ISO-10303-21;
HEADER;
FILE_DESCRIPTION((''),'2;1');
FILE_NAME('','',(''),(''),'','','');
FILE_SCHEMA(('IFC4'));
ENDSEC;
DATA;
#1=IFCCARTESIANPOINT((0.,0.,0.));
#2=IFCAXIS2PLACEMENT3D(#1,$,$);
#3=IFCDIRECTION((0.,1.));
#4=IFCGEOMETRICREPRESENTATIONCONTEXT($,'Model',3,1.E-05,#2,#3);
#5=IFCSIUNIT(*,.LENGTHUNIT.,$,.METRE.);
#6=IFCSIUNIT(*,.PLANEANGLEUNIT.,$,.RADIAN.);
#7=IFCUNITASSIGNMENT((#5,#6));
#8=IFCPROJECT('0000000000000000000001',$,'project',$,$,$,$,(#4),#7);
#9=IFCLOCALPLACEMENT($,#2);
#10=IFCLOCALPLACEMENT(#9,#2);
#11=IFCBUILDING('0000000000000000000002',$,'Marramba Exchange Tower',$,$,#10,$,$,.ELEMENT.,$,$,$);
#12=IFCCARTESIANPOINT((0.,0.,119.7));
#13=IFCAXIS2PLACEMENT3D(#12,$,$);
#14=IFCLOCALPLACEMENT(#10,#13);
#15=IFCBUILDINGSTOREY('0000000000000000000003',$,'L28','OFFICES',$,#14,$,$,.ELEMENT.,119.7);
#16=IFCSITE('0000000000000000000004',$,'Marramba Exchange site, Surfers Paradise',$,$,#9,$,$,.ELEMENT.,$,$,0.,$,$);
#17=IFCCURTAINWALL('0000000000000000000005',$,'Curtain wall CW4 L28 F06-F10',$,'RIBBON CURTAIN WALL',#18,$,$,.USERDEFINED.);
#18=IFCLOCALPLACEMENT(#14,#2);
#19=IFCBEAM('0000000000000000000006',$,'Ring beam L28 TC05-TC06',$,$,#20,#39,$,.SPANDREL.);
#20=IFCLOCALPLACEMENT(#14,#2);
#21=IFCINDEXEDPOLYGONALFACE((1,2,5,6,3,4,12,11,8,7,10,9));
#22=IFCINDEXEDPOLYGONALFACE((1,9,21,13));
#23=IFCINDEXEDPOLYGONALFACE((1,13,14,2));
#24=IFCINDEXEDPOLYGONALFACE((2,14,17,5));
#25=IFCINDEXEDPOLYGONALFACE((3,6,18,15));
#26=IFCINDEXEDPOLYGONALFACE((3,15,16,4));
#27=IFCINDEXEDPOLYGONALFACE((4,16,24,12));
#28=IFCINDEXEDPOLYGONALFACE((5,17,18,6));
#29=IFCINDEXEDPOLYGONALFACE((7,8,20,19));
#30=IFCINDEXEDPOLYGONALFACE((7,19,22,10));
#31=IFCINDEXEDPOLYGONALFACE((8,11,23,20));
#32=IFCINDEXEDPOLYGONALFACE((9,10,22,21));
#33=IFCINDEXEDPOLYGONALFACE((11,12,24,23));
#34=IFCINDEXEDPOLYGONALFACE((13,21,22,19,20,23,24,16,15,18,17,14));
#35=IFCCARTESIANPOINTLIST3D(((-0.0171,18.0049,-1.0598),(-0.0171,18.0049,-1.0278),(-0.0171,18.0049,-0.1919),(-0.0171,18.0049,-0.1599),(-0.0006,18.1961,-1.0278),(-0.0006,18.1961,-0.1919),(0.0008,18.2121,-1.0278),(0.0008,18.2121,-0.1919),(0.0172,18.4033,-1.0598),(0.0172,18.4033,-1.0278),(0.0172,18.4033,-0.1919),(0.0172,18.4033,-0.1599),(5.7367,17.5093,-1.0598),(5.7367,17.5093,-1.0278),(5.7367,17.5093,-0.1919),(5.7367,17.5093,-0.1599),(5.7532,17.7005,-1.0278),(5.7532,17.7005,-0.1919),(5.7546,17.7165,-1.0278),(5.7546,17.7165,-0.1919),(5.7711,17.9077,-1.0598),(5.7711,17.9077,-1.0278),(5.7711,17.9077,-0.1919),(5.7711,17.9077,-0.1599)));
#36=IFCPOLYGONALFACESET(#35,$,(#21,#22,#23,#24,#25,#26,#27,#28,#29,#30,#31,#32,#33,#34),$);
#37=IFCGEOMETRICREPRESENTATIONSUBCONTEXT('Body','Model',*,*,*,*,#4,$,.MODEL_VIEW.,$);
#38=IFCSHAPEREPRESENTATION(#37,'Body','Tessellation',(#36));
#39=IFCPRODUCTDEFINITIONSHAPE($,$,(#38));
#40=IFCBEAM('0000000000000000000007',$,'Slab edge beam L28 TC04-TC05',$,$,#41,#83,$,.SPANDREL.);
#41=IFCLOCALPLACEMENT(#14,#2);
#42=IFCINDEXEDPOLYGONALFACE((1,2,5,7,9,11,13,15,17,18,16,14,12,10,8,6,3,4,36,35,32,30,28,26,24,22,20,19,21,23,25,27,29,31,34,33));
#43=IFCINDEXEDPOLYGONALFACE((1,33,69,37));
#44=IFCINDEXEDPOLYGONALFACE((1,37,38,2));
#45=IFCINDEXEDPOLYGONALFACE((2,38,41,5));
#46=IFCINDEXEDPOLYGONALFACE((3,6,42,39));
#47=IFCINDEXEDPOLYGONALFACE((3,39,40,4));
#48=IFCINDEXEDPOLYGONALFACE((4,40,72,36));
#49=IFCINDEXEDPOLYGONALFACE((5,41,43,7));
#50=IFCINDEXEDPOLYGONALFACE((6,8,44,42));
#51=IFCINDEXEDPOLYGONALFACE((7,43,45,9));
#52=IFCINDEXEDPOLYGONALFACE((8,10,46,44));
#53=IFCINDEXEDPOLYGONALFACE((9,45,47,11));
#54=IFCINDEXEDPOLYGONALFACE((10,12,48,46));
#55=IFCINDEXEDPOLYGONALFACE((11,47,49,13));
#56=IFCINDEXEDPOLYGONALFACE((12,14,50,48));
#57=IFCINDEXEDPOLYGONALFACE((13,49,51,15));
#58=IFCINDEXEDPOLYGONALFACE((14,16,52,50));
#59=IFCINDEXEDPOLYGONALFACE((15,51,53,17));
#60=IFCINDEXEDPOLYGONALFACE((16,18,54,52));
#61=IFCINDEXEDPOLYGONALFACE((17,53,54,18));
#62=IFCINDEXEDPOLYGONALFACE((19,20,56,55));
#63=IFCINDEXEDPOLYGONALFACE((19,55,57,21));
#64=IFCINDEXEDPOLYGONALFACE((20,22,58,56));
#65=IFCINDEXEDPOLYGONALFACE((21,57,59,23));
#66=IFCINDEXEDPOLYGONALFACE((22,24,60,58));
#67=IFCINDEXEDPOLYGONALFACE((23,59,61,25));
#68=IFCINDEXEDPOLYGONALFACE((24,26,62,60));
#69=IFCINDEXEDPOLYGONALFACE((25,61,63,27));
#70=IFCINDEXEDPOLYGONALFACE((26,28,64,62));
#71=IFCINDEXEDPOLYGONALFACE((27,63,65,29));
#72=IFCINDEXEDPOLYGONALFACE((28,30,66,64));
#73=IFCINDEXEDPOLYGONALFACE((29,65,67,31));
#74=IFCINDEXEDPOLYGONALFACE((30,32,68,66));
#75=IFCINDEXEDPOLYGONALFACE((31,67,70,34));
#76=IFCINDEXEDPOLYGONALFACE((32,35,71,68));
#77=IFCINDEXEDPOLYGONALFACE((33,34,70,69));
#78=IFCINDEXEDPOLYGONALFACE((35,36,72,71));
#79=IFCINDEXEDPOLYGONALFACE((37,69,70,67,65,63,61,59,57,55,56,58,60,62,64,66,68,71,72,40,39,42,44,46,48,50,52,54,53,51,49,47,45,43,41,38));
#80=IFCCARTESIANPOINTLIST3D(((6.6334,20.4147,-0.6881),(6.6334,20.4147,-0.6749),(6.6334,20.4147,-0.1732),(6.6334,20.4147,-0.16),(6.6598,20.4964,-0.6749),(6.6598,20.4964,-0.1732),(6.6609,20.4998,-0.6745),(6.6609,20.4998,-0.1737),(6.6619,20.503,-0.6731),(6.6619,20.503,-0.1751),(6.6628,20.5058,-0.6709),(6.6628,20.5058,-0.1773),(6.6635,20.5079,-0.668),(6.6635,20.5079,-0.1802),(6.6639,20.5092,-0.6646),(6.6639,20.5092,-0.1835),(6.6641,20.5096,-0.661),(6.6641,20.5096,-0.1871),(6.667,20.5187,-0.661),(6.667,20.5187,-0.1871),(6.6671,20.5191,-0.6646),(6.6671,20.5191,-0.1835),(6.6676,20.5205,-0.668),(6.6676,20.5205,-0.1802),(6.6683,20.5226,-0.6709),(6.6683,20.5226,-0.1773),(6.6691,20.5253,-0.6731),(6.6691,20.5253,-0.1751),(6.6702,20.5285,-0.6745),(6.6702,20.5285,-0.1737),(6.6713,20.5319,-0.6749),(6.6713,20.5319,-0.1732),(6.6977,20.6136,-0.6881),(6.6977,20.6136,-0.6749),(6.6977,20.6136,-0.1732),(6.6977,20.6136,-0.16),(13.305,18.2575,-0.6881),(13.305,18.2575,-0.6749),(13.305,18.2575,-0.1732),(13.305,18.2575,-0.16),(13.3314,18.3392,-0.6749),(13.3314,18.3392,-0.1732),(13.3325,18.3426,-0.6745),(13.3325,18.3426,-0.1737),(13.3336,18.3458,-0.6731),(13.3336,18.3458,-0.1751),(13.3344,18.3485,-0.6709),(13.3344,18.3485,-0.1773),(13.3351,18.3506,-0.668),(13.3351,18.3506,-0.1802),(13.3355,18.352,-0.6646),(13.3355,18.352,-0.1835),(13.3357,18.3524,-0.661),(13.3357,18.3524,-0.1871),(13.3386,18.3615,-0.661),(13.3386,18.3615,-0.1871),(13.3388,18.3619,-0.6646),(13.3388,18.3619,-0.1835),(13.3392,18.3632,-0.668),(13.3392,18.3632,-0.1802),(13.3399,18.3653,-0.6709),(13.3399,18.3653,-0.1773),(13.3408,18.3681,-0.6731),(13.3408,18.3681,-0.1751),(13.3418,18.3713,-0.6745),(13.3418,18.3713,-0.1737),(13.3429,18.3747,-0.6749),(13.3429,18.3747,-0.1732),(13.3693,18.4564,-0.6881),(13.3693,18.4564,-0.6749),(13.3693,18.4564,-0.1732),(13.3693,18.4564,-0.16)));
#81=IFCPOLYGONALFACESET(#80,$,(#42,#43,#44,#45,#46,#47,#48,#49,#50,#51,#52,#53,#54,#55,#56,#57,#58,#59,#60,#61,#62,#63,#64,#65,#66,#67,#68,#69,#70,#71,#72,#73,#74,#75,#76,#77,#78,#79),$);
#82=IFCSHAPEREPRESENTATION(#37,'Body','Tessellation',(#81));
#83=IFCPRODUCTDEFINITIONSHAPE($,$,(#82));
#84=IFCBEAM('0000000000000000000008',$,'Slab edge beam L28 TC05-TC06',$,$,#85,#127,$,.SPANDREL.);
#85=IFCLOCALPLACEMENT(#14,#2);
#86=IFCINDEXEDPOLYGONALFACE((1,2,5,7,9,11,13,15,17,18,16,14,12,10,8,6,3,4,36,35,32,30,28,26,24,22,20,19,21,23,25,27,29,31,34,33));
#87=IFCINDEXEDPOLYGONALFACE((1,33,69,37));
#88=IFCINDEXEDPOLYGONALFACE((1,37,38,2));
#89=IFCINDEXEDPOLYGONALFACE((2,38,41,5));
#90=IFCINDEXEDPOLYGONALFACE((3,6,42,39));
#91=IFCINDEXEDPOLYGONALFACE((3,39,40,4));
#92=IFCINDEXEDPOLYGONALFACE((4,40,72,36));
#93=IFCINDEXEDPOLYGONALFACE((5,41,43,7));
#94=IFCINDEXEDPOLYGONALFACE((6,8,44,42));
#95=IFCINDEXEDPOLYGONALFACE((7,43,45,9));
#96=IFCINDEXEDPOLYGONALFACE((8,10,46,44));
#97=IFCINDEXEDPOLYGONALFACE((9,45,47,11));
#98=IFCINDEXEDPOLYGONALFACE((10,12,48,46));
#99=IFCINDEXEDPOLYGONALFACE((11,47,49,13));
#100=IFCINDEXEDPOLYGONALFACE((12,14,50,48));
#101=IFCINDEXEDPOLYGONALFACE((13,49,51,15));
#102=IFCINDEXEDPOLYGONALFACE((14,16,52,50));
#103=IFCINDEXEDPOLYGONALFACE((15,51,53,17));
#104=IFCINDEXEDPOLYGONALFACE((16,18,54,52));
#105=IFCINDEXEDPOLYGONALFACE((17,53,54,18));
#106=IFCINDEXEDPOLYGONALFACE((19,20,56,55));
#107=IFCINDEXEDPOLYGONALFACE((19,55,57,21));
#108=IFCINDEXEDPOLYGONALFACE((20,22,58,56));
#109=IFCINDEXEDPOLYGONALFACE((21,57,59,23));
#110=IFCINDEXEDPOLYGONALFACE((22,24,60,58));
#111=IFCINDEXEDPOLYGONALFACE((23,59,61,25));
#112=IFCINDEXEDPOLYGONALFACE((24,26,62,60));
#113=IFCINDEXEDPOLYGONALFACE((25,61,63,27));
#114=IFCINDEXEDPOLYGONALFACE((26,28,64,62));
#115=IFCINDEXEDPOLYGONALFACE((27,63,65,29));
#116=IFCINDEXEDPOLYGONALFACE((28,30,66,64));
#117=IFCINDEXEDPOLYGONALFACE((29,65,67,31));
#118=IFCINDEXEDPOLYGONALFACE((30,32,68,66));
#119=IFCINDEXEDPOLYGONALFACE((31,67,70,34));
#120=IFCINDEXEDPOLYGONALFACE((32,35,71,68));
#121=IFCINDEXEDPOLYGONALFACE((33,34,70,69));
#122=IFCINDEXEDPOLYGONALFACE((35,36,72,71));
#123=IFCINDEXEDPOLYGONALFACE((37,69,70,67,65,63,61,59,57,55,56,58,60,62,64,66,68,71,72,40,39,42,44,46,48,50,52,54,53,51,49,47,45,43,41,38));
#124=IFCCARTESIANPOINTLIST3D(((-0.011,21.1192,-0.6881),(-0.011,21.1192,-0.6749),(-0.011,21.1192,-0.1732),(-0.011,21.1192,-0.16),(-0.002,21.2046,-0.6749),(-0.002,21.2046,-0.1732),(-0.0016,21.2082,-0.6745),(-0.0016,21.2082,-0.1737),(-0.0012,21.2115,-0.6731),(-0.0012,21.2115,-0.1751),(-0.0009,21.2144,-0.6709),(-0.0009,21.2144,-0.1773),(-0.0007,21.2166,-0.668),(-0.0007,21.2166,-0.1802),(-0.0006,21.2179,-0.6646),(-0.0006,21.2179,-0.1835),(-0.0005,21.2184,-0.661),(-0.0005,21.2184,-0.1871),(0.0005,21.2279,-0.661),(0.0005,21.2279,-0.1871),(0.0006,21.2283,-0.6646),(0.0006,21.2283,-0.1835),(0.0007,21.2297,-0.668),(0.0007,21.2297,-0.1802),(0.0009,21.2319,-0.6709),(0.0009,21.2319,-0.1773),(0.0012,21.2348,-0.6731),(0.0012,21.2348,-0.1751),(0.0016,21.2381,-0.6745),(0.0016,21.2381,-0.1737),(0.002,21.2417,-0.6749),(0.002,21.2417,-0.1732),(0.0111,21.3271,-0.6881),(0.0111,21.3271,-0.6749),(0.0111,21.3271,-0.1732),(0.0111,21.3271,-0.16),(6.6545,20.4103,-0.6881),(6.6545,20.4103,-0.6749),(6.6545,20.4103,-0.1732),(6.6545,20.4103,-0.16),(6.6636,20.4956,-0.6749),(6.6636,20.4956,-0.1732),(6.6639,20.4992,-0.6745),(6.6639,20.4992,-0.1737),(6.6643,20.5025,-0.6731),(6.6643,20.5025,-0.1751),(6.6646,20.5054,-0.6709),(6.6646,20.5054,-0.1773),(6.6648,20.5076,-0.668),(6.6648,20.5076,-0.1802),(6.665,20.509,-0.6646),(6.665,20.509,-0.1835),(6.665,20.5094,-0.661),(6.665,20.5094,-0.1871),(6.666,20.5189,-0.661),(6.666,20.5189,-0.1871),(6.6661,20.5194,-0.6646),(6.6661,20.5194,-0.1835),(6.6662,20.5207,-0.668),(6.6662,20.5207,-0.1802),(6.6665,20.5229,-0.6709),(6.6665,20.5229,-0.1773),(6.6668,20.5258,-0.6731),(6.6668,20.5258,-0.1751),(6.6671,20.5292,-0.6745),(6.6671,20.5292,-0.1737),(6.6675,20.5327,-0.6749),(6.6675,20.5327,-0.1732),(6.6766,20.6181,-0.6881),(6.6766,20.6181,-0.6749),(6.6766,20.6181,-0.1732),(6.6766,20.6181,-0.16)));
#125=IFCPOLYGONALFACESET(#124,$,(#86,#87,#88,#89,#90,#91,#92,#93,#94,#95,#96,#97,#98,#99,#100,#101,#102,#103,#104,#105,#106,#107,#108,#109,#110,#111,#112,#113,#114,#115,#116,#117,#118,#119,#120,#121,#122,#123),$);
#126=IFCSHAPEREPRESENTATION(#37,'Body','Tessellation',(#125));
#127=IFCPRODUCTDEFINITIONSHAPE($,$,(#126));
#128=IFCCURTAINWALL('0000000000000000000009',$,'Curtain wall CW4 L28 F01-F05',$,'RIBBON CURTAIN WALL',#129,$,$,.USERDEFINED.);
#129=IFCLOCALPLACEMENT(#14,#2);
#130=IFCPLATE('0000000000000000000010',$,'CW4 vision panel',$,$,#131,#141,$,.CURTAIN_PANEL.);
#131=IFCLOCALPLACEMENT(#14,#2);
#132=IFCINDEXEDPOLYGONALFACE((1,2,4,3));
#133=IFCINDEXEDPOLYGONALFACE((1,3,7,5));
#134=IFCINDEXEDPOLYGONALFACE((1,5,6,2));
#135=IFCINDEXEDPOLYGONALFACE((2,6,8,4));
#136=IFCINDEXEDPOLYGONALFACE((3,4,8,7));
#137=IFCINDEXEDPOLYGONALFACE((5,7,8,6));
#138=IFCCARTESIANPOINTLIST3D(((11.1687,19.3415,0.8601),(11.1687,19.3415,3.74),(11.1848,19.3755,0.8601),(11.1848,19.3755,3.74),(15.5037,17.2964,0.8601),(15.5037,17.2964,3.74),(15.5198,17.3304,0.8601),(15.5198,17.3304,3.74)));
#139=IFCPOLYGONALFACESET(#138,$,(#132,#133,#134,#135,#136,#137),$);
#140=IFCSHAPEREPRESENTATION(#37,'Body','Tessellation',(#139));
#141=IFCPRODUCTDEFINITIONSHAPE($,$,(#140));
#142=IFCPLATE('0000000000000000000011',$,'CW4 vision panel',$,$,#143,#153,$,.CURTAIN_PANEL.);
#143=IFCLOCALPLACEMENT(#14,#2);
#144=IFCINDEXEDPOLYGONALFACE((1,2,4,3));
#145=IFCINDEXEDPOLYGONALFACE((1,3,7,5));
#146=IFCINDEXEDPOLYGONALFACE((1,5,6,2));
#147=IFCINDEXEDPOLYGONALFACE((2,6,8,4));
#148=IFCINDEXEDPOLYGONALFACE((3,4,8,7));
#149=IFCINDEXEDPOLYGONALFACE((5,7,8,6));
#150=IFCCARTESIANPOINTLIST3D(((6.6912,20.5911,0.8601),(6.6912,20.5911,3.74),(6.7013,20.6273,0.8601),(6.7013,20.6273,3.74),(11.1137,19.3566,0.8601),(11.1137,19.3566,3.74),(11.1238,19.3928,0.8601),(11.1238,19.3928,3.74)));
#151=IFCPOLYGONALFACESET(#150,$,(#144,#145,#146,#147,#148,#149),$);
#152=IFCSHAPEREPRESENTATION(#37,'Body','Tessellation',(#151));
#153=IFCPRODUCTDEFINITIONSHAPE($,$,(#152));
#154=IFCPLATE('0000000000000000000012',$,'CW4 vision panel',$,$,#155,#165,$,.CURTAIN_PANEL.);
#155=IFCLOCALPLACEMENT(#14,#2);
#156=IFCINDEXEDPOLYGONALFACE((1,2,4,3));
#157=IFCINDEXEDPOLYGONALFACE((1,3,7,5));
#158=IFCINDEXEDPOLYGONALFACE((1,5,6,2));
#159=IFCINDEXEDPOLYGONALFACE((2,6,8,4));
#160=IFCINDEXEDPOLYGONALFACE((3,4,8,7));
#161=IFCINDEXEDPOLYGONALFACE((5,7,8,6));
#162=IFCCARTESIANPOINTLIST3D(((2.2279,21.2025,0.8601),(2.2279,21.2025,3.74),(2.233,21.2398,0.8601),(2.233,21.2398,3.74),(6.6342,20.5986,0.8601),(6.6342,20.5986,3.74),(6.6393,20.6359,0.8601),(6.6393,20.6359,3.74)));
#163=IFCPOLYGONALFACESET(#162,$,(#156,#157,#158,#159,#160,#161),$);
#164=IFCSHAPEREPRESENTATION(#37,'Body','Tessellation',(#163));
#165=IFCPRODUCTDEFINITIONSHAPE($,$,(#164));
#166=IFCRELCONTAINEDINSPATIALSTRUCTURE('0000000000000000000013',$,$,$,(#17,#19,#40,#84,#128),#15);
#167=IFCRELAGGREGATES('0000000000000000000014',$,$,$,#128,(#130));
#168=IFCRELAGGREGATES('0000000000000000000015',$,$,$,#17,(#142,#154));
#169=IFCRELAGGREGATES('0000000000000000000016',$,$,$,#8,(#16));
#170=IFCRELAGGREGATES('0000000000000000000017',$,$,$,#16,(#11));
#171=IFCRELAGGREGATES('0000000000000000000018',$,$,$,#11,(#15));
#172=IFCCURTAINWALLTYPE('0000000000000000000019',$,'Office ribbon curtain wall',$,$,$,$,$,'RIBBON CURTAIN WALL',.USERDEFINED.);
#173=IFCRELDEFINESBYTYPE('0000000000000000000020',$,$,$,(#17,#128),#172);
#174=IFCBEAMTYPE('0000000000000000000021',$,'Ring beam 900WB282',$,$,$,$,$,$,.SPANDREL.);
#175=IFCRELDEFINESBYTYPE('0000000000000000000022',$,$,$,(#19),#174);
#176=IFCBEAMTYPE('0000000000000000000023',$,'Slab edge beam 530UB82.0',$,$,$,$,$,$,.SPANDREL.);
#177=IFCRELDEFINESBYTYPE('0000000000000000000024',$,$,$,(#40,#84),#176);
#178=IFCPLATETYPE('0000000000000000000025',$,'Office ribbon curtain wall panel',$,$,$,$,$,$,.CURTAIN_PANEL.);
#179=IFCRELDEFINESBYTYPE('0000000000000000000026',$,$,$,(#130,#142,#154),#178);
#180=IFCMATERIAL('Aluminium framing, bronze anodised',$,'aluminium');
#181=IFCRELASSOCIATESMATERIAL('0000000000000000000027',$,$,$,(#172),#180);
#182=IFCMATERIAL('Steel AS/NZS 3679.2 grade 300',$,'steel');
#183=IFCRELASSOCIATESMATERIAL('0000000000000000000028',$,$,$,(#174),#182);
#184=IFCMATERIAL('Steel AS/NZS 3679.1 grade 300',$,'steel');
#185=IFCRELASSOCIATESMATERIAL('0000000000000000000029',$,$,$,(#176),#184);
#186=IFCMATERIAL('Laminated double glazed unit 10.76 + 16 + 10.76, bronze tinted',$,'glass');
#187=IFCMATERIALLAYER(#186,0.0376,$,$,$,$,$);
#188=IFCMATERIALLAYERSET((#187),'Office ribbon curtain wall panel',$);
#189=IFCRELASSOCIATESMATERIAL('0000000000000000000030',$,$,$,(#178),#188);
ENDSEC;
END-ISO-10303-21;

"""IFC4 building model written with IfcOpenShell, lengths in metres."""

from ifc_helpers import new_model, si_unit, direction, frame, origin, origin_2d, place, context, subcontext, project, spatial, rectangle, i_section, extrude, material, layer, layer_set, material_profile, profile_set, type_object, element, aggregate, save


model = new_model("IFC4")

# Units and contexts
model_context = context("Model", 3, precision=1e-05, world=origin(), true_north=direction((0.0, 1.0)))
body_context = subcontext(model_context, "Body", "Model", "MODEL_VIEW")
ifc_project = project(units=[si_unit("LENGTHUNIT", "METRE"), si_unit("PLANEANGLEUNIT", "RADIAN")], contexts=[model_context])

# Site, building, storey
site_placement = place(None, origin())
site = spatial("IfcSite", under=ifc_project, at=site_placement, Name="Marramba Exchange site, Surfers Paradise", CompositionType="ELEMENT", RefElevation=0.0)
building_placement = place(site_placement, origin())
building = spatial("IfcBuilding", under=site, at=building_placement, Name="Marramba Exchange Tower", CompositionType="ELEMENT")
storey_placement = place(building_placement, frame((0.0, 0.0, 119.7)))
storey = spatial("IfcBuildingStorey", under=building, at=storey_placement, Name="L28", Description="OFFICES", CompositionType="ELEMENT", Elevation=119.7)

# Shared definitions
ifc_material_1 = material(Name="Steel AS/NZS 3679.2 grade 300", Category="steel")

# Curtain wall
ifc_material_2 = material(Name="Aluminium framing, bronze anodised", Category="aluminium")
curtain_wall_type = type_object("IfcCurtainWallType", Name="Office ribbon curtain wall", ElementType="RIBBON CURTAIN WALL", PredefinedType="USERDEFINED", material=ifc_material_2)
curtain_wall_1_placement = place(storey_placement, origin())
curtain_wall_1 = element("IfcCurtainWall", 1, at=curtain_wall_1_placement, inside=storey, type_object=curtain_wall_type, Name="Curtain wall CW4 L28 F06-F10", ObjectType="RIBBON CURTAIN WALL", PredefinedType="USERDEFINED")

# Beams
ifc_material_profile_1 = material_profile(ifc_material_1, i_section(OverallWidth=0.3999, OverallDepth=0.8999, WebThickness=0.0161, FlangeThickness=0.032, at=origin_2d()), Name="900WB282")
ifc_profile_set_1 = profile_set([ifc_material_profile_1], Name="Steel AS/NZS 3679.2 grade 300")
beam_type_1 = type_object("IfcBeamType", Name="Ring beam 900WB282", PredefinedType="SPANDREL", material=ifc_profile_set_1)
beam_1_placement = place(storey_placement, frame((5.7539, 17.7085, -0.6099), z_axis=(-0.996311, 0.085816, 0.0), x_axis=(-0.085816, -0.996311, 0.0)))
element("IfcBeam", 2, at=beam_1_placement, inside=storey, type_object=beam_type_1, Name="Ring beam L28 TC05-TC06", PredefinedType="SPANDREL", context=body_context, shape_type="SweptSolid", body=[
    extrude(i_section(OverallWidth=0.3999, OverallDepth=0.8999, WebThickness=0.0161, FlangeThickness=0.032, at=origin_2d()), origin(), (0.0, 0.0, 1.0), 5.7751),
])
ifc_material_3 = material(Name="Steel AS/NZS 3679.1 grade 300", Category="steel")
ifc_material_profile_2 = material_profile(ifc_material_3, i_section(OverallWidth=0.209, OverallDepth=0.5281, WebThickness=0.0095, FlangeThickness=0.0132, FilletRadius=0.0139, at=origin_2d()), Name="530UB82.0")
ifc_profile_set_2 = profile_set([ifc_material_profile_2], Name="Steel AS/NZS 3679.1 grade 300")
beam_type_2 = type_object("IfcBeamType", Name="Slab edge beam 530UB82.0", PredefinedType="SPANDREL", material=ifc_profile_set_2)
beam_2_placement = place(storey_placement, frame((13.3372, 18.3569, -0.4241), z_axis=(-0.951496, 0.30766, 0.0), x_axis=(-0.30766, -0.951496, 0.0)))
element("IfcBeam", 3, at=beam_2_placement, inside=storey, type_object=beam_type_2, Name="Slab edge beam L28 TC04-TC05", PredefinedType="SPANDREL", context=body_context, shape_type="SweptSolid", body=[
    extrude(i_section(OverallWidth=0.209, OverallDepth=0.5281, WebThickness=0.0095, FlangeThickness=0.0132, FilletRadius=0.0139, at=origin_2d()), origin(), (0.0, 0.0, 1.0), 7.0117),
])
beam_3_placement = place(storey_placement, frame((6.6655, 20.5142, -0.4241), z_axis=(-0.994391, 0.105769, 0.0), x_axis=(-0.105769, -0.994391, 0.0)))
element("IfcBeam", 4, at=beam_3_placement, inside=storey, type_object=beam_type_2, Name="Slab edge beam L28 TC05-TC06", PredefinedType="SPANDREL", context=body_context, shape_type="SweptSolid", body=[
    extrude(i_section(OverallWidth=0.209, OverallDepth=0.5281, WebThickness=0.0095, FlangeThickness=0.0132, FilletRadius=0.0139, at=origin_2d()), origin(), (0.0, 0.0, 1.0), 6.7031),
])

# Curtain wall, plate
curtain_wall_2_placement = place(storey_placement, origin())
curtain_wall_2 = element("IfcCurtainWall", 5, at=curtain_wall_2_placement, inside=storey, type_object=curtain_wall_type, Name="Curtain wall CW4 L28 F01-F05", ObjectType="RIBBON CURTAIN WALL", PredefinedType="USERDEFINED")
ifc_material_4 = material(Name="Laminated double glazed unit 10.76 + 16 + 10.76, bronze tinted", Category="glass")
ifc_layer_1 = layer(ifc_material_4, 0.0376)
ifc_layer_set_1 = layer_set([ifc_layer_1], Name="Office ribbon curtain wall panel")
plate_type = type_object("IfcPlateType", Name="Office ribbon curtain wall panel", PredefinedType="CURTAIN_PANEL", material=ifc_layer_set_1)
plate_1_placement = place(storey_placement, frame((13.3442, 18.3359, 0.8601), z_axis=(0.0, 0.0, 1.0), x_axis=(-0.904403, 0.426679, 0.0)))
plate_1 = element("IfcPlate", 6, at=plate_1_placement, type_object=plate_type, Name="CW4 vision panel", PredefinedType="CURTAIN_PANEL", context=body_context, shape_type="SweptSolid", body=[
    extrude(rectangle(XDim=4.7932, YDim=0.0376, at=origin_2d()), origin(), (0.0, 0.0, 1.0), 2.8799),
])
aggregate(curtain_wall_2, [plate_1])

# Plates
plate_2_placement = place(storey_placement, frame((8.9075, 19.9919, 0.8601), z_axis=(0.0, 0.0, 1.0), x_axis=(-0.963178, 0.268865, 0.0)))
plate_2 = element("IfcPlate", 7, at=plate_2_placement, type_object=plate_type, Name="CW4 vision panel", PredefinedType="CURTAIN_PANEL", context=body_context, shape_type="SweptSolid", body=[
    extrude(rectangle(XDim=4.5916, YDim=0.0376, at=origin_2d()), origin(), (0.0, 0.0, 1.0), 2.8799),
])
plate_3_placement = place(storey_placement, frame((4.4336, 20.9192, 0.8601), z_axis=(0.0, 0.0, 1.0), x_axis=(-0.990738, 0.135786, 0.0)))
plate_3 = element("IfcPlate", 8, at=plate_3_placement, type_object=plate_type, Name="CW4 vision panel", PredefinedType="CURTAIN_PANEL", context=body_context, shape_type="SweptSolid", body=[
    extrude(rectangle(XDim=4.4475, YDim=0.0376, at=origin_2d()), origin(), (0.0, 0.0, 1.0), 2.8799),
])
aggregate(curtain_wall_1, [plate_2, plate_3])

save(model, "model.ifc")
